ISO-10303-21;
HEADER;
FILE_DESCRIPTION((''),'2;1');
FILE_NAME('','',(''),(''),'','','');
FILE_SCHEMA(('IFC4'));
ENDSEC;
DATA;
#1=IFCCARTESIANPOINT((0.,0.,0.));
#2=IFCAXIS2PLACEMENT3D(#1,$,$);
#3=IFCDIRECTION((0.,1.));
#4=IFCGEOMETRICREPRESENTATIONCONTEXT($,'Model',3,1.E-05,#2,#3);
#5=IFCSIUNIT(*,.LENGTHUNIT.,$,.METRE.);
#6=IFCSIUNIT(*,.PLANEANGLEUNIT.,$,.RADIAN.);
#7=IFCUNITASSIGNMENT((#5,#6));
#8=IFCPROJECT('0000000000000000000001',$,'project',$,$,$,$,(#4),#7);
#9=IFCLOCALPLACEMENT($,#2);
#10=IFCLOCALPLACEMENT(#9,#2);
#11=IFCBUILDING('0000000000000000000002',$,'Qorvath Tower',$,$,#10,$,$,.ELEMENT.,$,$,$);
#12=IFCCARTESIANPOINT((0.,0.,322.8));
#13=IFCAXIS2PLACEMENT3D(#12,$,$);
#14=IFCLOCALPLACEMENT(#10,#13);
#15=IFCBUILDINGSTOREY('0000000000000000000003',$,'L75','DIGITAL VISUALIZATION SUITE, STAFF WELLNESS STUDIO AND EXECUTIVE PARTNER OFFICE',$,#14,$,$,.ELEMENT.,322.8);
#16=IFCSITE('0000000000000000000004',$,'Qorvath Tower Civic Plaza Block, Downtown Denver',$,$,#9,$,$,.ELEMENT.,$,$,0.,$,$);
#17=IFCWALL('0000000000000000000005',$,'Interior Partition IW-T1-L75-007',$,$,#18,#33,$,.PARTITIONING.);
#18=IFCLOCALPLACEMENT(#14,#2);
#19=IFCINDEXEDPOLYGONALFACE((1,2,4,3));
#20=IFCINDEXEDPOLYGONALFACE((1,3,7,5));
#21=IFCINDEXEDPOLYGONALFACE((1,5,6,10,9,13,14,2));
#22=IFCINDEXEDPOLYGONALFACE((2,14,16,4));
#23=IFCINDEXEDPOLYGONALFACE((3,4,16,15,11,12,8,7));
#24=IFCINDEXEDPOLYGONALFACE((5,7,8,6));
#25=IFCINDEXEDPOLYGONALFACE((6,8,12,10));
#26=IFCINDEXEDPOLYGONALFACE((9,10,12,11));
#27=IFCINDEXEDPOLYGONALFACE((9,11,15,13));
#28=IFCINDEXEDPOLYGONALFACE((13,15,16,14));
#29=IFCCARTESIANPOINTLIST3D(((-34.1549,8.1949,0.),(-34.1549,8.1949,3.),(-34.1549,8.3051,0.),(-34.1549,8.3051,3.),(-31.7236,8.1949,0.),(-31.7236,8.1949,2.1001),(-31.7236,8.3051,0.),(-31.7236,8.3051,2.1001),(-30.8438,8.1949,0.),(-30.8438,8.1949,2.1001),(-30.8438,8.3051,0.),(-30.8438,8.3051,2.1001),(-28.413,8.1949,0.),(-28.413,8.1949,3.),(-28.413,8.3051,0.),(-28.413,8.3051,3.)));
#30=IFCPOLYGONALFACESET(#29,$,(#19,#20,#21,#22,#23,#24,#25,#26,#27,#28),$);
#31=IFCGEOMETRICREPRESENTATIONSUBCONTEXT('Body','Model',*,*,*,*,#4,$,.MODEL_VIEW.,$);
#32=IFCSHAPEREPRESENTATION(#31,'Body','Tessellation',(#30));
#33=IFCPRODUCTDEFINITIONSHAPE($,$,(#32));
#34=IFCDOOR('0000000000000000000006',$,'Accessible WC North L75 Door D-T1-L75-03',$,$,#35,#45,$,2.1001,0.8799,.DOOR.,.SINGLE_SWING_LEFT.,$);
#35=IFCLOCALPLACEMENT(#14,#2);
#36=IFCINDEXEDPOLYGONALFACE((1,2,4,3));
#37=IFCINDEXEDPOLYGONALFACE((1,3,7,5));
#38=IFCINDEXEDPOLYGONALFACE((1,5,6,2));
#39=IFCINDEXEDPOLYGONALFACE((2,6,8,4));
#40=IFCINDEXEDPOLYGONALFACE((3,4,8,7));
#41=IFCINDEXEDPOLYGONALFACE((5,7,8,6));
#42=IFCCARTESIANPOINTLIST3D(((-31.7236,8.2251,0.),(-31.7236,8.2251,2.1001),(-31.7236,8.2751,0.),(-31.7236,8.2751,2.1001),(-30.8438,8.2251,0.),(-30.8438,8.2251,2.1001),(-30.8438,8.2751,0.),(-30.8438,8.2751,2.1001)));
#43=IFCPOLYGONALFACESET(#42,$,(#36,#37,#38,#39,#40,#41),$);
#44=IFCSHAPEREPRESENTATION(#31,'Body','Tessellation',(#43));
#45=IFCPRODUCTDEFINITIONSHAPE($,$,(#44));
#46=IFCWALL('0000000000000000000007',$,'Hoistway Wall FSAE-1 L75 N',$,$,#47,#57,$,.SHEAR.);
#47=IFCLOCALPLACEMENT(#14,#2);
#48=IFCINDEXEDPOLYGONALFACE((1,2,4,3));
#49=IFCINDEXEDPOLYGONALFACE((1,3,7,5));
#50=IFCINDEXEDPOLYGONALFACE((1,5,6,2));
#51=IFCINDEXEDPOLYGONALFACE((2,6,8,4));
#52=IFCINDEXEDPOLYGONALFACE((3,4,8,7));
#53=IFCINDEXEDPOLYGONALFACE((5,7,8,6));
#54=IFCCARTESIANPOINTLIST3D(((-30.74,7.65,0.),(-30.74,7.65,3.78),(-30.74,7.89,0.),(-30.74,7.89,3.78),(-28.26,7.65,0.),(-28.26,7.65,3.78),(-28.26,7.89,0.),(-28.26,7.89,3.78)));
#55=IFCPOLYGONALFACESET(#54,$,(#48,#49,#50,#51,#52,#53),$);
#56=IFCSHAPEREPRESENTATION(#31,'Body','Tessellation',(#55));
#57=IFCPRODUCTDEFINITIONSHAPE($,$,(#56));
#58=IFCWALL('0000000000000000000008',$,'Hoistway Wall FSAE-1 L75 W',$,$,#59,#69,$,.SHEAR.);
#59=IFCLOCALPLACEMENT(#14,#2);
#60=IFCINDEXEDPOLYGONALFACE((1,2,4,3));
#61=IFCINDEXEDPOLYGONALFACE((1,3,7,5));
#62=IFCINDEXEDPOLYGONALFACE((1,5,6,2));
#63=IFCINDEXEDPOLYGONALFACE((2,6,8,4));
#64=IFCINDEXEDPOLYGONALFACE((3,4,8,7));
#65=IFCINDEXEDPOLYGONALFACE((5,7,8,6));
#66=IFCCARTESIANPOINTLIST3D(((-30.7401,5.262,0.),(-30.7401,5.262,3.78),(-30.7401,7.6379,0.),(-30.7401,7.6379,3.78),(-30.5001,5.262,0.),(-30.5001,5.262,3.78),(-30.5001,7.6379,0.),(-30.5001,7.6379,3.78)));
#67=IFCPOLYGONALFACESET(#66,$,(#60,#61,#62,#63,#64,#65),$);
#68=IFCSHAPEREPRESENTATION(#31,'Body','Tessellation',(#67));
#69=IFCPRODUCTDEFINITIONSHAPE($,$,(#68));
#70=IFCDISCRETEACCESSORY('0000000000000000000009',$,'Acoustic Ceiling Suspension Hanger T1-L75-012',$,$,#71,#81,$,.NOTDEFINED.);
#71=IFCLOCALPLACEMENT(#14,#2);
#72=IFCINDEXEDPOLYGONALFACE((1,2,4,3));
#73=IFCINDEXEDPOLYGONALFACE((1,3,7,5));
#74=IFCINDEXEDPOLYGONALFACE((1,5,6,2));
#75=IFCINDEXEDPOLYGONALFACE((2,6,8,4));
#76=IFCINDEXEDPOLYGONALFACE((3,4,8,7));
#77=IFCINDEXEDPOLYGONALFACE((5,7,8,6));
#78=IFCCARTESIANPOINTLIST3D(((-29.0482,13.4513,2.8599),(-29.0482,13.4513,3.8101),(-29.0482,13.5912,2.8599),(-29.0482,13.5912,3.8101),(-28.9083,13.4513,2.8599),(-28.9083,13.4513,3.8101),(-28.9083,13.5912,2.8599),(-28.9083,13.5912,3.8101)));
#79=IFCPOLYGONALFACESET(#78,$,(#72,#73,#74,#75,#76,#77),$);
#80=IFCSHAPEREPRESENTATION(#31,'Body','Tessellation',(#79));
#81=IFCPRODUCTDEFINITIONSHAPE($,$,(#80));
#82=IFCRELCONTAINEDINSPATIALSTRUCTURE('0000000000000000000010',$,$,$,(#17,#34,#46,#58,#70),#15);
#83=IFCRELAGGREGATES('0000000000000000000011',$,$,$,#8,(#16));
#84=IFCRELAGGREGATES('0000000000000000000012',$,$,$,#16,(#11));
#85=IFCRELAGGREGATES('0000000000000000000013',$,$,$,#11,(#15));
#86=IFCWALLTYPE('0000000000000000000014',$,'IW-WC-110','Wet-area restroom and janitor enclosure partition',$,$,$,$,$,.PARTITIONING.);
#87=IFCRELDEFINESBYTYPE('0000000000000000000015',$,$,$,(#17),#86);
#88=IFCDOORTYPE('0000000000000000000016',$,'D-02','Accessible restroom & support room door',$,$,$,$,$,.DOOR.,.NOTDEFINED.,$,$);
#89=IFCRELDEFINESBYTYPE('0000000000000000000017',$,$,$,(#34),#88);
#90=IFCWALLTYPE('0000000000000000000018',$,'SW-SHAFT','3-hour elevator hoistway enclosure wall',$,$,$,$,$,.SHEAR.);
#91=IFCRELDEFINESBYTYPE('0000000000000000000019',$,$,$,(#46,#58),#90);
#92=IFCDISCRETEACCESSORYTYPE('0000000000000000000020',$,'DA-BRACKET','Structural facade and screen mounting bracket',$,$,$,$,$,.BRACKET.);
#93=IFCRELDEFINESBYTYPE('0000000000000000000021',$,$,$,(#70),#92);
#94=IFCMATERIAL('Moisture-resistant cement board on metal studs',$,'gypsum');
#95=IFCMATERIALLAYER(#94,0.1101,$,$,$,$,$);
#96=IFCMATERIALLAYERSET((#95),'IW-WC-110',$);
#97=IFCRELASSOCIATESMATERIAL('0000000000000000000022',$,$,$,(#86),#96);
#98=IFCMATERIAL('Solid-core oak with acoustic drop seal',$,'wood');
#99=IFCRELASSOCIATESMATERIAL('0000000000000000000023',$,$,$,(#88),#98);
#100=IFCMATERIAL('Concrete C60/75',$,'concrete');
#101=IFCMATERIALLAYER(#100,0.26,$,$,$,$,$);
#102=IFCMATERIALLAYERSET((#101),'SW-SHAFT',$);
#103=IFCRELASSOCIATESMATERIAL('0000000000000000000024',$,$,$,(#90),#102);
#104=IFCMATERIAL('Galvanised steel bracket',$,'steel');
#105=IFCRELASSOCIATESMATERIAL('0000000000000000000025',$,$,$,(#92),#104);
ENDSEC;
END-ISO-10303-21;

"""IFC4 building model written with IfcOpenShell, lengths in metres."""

from ifc_helpers import new_model, si_unit, direction, frame, frame_2d, origin, origin_2d, place, context, subcontext, project, spatial, rectangle, extrude, material, layer, layer_set, type_object, element, fill, save


model = new_model("IFC4")

# Units and contexts
model_context = context("Model", 3, precision=1e-05, world=origin(), true_north=direction((0.0, 1.0)))
body_context = subcontext(model_context, "Body", "Model", "MODEL_VIEW")
ifc_project = project(units=[si_unit("LENGTHUNIT", "METRE"), si_unit("PLANEANGLEUNIT", "RADIAN")], contexts=[model_context])

# Site, building, storey
site_placement = place(None, origin())
site = spatial("IfcSite", under=ifc_project, at=site_placement, Name="Qorvath Tower Civic Plaza Block, Downtown Denver", CompositionType="ELEMENT", RefElevation=0.0)
building_placement = place(site_placement, origin())
building = spatial("IfcBuilding", under=site, at=building_placement, Name="Qorvath Tower", CompositionType="ELEMENT")
storey_placement = place(building_placement, frame((0.0, 0.0, 322.8)))
storey = spatial("IfcBuildingStorey", under=building, at=storey_placement, Name="L75", Description="DIGITAL VISUALIZATION SUITE, STAFF WELLNESS STUDIO AND EXECUTIVE PARTNER OFFICE", CompositionType="ELEMENT", Elevation=322.8)

# Shared definitions
ifc_material_1 = material(Name="Moisture-resistant cement board on metal studs", Category="gypsum")
ifc_layer_1 = layer(ifc_material_1, 0.1101)
ifc_layer_set_1 = layer_set([ifc_layer_1], Name="IW-WC-110")
wall_type_1 = type_object("IfcWallType", Name="IW-WC-110", Description="Wet-area restroom and janitor enclosure partition", PredefinedType="PARTITIONING", material=ifc_layer_set_1)

# Wall, opening, door
wall_1_placement = place(storey_placement, frame((-28.4128, 8.25, 0.0), z_axis=(0.0, 0.0, 1.0), x_axis=(-1.0, 0.0, 0.0)))
wall_1 = element("IfcWall", 1, at=wall_1_placement, inside=storey, type_object=wall_type_1, Name="Interior Partition IW-T1-L75-007", PredefinedType="PARTITIONING", context=body_context, shape_type="SweptSolid", body=[
    extrude(rectangle(XDim=5.7419, YDim=0.1101, at=frame_2d((2.8711, 0.0))), origin(), (0.0, 0.0, 1.0), 3.0),
])
opening_1_placement = place(wall_1_placement, frame((2.4309, 0.0, 0.0)))
opening_1 = element("IfcOpeningElement", 2, at=opening_1_placement, cuts=wall_1, PredefinedType="OPENING", context=body_context, shape_type="SweptSolid", body=[
    extrude(rectangle(XDim=0.8799, YDim=2.1001, at=frame_2d((0.4399, 1.05))), frame((0.0, 0.0649, 0.0), z_axis=(0.0, -1.0, 0.0), x_axis=(1.0, 0.0, 0.0)), (0.0, 0.0, 1.0), 0.1301),
])
ifc_material_2 = material(Name="Solid-core oak with acoustic drop seal", Category="wood")
door_type_1 = type_object("IfcDoorType", Name="D-02", Description="Accessible restroom & support room door", OperationType="NOTDEFINED", PredefinedType="DOOR", material=ifc_material_2)
door_1_placement = place(opening_1_placement, origin())
door_1 = element("IfcDoor", 3, at=door_1_placement, inside=storey, type_object=door_type_1, Name="Accessible WC North L75 Door D-T1-L75-03", OperationType="SINGLE_SWING_LEFT", OverallHeight=2.1001, OverallWidth=0.8799, PredefinedType="DOOR", context=body_context, shape_type="SweptSolid", body=[
    extrude(rectangle(XDim=0.8799, YDim=2.1001, at=frame_2d((0.4399, 1.05))), frame((0.0, 0.0249, 0.0), z_axis=(0.0, -1.0, 0.0), x_axis=(1.0, 0.0, 0.0)), (0.0, 0.0, 1.0), 0.05),
])
fill(opening_1, door_1)

# Walls
ifc_material_3 = material(Name="Concrete C60/75", Category="concrete")
ifc_layer_2 = layer(ifc_material_3, 0.26)
ifc_layer_set_2 = layer_set([ifc_layer_2], Name="SW-SHAFT")
wall_type_2 = type_object("IfcWallType", Name="SW-SHAFT", Description="3-hour elevator hoistway enclosure wall", PredefinedType="SHEAR", material=ifc_layer_set_2)
wall_2_placement = place(storey_placement, frame((-30.74, 7.77, 0.0), z_axis=(0.0, 0.0, 1.0), x_axis=(1.0, 0.0, 0.0)))
element("IfcWall", 4, at=wall_2_placement, inside=storey, type_object=wall_type_2, Name="Hoistway Wall FSAE-1 L75 N", PredefinedType="SHEAR", context=body_context, shape_type="SweptSolid", body=[
    extrude(rectangle(XDim=2.48, YDim=0.24, at=frame_2d((1.24, 0.0))), origin(), (0.0, 0.0, 1.0), 3.78),
])
wall_3_placement = place(storey_placement, frame((-30.6201, 5.262, 0.0), z_axis=(0.0, 0.0, 1.0), x_axis=(0.0, 1.0, 0.0)))
element("IfcWall", 5, at=wall_3_placement, inside=storey, type_object=wall_type_2, Name="Hoistway Wall FSAE-1 L75 W", PredefinedType="SHEAR", context=body_context, shape_type="SweptSolid", body=[
    extrude(rectangle(XDim=2.376, YDim=0.24, at=frame_2d((1.188, 0.0))), origin(), (0.0, 0.0, 1.0), 3.78),
])

# Discrete accessory
ifc_material_4 = material(Name="Galvanised steel bracket", Category="steel")
discrete_accessory_type = type_object("IfcDiscreteAccessoryType", Name="DA-BRACKET", Description="Structural facade and screen mounting bracket", PredefinedType="BRACKET", material=ifc_material_4)
discrete_accessory_placement = place(storey_placement, frame((-28.9783, 13.5212, 2.8599), z_axis=(0.0, 0.0, 1.0), x_axis=(1.0, 0.0, 0.0)))
element("IfcDiscreteAccessory", 6, at=discrete_accessory_placement, inside=storey, type_object=discrete_accessory_type, Name="Acoustic Ceiling Suspension Hanger T1-L75-012", PredefinedType="NOTDEFINED", context=body_context, shape_type="SweptSolid", body=[
    extrude(rectangle(XDim=0.1399, YDim=0.1399, at=origin_2d()), origin(), (0.0, 0.0, 1.0), 0.9502),
])

save(model, "model.ifc")
